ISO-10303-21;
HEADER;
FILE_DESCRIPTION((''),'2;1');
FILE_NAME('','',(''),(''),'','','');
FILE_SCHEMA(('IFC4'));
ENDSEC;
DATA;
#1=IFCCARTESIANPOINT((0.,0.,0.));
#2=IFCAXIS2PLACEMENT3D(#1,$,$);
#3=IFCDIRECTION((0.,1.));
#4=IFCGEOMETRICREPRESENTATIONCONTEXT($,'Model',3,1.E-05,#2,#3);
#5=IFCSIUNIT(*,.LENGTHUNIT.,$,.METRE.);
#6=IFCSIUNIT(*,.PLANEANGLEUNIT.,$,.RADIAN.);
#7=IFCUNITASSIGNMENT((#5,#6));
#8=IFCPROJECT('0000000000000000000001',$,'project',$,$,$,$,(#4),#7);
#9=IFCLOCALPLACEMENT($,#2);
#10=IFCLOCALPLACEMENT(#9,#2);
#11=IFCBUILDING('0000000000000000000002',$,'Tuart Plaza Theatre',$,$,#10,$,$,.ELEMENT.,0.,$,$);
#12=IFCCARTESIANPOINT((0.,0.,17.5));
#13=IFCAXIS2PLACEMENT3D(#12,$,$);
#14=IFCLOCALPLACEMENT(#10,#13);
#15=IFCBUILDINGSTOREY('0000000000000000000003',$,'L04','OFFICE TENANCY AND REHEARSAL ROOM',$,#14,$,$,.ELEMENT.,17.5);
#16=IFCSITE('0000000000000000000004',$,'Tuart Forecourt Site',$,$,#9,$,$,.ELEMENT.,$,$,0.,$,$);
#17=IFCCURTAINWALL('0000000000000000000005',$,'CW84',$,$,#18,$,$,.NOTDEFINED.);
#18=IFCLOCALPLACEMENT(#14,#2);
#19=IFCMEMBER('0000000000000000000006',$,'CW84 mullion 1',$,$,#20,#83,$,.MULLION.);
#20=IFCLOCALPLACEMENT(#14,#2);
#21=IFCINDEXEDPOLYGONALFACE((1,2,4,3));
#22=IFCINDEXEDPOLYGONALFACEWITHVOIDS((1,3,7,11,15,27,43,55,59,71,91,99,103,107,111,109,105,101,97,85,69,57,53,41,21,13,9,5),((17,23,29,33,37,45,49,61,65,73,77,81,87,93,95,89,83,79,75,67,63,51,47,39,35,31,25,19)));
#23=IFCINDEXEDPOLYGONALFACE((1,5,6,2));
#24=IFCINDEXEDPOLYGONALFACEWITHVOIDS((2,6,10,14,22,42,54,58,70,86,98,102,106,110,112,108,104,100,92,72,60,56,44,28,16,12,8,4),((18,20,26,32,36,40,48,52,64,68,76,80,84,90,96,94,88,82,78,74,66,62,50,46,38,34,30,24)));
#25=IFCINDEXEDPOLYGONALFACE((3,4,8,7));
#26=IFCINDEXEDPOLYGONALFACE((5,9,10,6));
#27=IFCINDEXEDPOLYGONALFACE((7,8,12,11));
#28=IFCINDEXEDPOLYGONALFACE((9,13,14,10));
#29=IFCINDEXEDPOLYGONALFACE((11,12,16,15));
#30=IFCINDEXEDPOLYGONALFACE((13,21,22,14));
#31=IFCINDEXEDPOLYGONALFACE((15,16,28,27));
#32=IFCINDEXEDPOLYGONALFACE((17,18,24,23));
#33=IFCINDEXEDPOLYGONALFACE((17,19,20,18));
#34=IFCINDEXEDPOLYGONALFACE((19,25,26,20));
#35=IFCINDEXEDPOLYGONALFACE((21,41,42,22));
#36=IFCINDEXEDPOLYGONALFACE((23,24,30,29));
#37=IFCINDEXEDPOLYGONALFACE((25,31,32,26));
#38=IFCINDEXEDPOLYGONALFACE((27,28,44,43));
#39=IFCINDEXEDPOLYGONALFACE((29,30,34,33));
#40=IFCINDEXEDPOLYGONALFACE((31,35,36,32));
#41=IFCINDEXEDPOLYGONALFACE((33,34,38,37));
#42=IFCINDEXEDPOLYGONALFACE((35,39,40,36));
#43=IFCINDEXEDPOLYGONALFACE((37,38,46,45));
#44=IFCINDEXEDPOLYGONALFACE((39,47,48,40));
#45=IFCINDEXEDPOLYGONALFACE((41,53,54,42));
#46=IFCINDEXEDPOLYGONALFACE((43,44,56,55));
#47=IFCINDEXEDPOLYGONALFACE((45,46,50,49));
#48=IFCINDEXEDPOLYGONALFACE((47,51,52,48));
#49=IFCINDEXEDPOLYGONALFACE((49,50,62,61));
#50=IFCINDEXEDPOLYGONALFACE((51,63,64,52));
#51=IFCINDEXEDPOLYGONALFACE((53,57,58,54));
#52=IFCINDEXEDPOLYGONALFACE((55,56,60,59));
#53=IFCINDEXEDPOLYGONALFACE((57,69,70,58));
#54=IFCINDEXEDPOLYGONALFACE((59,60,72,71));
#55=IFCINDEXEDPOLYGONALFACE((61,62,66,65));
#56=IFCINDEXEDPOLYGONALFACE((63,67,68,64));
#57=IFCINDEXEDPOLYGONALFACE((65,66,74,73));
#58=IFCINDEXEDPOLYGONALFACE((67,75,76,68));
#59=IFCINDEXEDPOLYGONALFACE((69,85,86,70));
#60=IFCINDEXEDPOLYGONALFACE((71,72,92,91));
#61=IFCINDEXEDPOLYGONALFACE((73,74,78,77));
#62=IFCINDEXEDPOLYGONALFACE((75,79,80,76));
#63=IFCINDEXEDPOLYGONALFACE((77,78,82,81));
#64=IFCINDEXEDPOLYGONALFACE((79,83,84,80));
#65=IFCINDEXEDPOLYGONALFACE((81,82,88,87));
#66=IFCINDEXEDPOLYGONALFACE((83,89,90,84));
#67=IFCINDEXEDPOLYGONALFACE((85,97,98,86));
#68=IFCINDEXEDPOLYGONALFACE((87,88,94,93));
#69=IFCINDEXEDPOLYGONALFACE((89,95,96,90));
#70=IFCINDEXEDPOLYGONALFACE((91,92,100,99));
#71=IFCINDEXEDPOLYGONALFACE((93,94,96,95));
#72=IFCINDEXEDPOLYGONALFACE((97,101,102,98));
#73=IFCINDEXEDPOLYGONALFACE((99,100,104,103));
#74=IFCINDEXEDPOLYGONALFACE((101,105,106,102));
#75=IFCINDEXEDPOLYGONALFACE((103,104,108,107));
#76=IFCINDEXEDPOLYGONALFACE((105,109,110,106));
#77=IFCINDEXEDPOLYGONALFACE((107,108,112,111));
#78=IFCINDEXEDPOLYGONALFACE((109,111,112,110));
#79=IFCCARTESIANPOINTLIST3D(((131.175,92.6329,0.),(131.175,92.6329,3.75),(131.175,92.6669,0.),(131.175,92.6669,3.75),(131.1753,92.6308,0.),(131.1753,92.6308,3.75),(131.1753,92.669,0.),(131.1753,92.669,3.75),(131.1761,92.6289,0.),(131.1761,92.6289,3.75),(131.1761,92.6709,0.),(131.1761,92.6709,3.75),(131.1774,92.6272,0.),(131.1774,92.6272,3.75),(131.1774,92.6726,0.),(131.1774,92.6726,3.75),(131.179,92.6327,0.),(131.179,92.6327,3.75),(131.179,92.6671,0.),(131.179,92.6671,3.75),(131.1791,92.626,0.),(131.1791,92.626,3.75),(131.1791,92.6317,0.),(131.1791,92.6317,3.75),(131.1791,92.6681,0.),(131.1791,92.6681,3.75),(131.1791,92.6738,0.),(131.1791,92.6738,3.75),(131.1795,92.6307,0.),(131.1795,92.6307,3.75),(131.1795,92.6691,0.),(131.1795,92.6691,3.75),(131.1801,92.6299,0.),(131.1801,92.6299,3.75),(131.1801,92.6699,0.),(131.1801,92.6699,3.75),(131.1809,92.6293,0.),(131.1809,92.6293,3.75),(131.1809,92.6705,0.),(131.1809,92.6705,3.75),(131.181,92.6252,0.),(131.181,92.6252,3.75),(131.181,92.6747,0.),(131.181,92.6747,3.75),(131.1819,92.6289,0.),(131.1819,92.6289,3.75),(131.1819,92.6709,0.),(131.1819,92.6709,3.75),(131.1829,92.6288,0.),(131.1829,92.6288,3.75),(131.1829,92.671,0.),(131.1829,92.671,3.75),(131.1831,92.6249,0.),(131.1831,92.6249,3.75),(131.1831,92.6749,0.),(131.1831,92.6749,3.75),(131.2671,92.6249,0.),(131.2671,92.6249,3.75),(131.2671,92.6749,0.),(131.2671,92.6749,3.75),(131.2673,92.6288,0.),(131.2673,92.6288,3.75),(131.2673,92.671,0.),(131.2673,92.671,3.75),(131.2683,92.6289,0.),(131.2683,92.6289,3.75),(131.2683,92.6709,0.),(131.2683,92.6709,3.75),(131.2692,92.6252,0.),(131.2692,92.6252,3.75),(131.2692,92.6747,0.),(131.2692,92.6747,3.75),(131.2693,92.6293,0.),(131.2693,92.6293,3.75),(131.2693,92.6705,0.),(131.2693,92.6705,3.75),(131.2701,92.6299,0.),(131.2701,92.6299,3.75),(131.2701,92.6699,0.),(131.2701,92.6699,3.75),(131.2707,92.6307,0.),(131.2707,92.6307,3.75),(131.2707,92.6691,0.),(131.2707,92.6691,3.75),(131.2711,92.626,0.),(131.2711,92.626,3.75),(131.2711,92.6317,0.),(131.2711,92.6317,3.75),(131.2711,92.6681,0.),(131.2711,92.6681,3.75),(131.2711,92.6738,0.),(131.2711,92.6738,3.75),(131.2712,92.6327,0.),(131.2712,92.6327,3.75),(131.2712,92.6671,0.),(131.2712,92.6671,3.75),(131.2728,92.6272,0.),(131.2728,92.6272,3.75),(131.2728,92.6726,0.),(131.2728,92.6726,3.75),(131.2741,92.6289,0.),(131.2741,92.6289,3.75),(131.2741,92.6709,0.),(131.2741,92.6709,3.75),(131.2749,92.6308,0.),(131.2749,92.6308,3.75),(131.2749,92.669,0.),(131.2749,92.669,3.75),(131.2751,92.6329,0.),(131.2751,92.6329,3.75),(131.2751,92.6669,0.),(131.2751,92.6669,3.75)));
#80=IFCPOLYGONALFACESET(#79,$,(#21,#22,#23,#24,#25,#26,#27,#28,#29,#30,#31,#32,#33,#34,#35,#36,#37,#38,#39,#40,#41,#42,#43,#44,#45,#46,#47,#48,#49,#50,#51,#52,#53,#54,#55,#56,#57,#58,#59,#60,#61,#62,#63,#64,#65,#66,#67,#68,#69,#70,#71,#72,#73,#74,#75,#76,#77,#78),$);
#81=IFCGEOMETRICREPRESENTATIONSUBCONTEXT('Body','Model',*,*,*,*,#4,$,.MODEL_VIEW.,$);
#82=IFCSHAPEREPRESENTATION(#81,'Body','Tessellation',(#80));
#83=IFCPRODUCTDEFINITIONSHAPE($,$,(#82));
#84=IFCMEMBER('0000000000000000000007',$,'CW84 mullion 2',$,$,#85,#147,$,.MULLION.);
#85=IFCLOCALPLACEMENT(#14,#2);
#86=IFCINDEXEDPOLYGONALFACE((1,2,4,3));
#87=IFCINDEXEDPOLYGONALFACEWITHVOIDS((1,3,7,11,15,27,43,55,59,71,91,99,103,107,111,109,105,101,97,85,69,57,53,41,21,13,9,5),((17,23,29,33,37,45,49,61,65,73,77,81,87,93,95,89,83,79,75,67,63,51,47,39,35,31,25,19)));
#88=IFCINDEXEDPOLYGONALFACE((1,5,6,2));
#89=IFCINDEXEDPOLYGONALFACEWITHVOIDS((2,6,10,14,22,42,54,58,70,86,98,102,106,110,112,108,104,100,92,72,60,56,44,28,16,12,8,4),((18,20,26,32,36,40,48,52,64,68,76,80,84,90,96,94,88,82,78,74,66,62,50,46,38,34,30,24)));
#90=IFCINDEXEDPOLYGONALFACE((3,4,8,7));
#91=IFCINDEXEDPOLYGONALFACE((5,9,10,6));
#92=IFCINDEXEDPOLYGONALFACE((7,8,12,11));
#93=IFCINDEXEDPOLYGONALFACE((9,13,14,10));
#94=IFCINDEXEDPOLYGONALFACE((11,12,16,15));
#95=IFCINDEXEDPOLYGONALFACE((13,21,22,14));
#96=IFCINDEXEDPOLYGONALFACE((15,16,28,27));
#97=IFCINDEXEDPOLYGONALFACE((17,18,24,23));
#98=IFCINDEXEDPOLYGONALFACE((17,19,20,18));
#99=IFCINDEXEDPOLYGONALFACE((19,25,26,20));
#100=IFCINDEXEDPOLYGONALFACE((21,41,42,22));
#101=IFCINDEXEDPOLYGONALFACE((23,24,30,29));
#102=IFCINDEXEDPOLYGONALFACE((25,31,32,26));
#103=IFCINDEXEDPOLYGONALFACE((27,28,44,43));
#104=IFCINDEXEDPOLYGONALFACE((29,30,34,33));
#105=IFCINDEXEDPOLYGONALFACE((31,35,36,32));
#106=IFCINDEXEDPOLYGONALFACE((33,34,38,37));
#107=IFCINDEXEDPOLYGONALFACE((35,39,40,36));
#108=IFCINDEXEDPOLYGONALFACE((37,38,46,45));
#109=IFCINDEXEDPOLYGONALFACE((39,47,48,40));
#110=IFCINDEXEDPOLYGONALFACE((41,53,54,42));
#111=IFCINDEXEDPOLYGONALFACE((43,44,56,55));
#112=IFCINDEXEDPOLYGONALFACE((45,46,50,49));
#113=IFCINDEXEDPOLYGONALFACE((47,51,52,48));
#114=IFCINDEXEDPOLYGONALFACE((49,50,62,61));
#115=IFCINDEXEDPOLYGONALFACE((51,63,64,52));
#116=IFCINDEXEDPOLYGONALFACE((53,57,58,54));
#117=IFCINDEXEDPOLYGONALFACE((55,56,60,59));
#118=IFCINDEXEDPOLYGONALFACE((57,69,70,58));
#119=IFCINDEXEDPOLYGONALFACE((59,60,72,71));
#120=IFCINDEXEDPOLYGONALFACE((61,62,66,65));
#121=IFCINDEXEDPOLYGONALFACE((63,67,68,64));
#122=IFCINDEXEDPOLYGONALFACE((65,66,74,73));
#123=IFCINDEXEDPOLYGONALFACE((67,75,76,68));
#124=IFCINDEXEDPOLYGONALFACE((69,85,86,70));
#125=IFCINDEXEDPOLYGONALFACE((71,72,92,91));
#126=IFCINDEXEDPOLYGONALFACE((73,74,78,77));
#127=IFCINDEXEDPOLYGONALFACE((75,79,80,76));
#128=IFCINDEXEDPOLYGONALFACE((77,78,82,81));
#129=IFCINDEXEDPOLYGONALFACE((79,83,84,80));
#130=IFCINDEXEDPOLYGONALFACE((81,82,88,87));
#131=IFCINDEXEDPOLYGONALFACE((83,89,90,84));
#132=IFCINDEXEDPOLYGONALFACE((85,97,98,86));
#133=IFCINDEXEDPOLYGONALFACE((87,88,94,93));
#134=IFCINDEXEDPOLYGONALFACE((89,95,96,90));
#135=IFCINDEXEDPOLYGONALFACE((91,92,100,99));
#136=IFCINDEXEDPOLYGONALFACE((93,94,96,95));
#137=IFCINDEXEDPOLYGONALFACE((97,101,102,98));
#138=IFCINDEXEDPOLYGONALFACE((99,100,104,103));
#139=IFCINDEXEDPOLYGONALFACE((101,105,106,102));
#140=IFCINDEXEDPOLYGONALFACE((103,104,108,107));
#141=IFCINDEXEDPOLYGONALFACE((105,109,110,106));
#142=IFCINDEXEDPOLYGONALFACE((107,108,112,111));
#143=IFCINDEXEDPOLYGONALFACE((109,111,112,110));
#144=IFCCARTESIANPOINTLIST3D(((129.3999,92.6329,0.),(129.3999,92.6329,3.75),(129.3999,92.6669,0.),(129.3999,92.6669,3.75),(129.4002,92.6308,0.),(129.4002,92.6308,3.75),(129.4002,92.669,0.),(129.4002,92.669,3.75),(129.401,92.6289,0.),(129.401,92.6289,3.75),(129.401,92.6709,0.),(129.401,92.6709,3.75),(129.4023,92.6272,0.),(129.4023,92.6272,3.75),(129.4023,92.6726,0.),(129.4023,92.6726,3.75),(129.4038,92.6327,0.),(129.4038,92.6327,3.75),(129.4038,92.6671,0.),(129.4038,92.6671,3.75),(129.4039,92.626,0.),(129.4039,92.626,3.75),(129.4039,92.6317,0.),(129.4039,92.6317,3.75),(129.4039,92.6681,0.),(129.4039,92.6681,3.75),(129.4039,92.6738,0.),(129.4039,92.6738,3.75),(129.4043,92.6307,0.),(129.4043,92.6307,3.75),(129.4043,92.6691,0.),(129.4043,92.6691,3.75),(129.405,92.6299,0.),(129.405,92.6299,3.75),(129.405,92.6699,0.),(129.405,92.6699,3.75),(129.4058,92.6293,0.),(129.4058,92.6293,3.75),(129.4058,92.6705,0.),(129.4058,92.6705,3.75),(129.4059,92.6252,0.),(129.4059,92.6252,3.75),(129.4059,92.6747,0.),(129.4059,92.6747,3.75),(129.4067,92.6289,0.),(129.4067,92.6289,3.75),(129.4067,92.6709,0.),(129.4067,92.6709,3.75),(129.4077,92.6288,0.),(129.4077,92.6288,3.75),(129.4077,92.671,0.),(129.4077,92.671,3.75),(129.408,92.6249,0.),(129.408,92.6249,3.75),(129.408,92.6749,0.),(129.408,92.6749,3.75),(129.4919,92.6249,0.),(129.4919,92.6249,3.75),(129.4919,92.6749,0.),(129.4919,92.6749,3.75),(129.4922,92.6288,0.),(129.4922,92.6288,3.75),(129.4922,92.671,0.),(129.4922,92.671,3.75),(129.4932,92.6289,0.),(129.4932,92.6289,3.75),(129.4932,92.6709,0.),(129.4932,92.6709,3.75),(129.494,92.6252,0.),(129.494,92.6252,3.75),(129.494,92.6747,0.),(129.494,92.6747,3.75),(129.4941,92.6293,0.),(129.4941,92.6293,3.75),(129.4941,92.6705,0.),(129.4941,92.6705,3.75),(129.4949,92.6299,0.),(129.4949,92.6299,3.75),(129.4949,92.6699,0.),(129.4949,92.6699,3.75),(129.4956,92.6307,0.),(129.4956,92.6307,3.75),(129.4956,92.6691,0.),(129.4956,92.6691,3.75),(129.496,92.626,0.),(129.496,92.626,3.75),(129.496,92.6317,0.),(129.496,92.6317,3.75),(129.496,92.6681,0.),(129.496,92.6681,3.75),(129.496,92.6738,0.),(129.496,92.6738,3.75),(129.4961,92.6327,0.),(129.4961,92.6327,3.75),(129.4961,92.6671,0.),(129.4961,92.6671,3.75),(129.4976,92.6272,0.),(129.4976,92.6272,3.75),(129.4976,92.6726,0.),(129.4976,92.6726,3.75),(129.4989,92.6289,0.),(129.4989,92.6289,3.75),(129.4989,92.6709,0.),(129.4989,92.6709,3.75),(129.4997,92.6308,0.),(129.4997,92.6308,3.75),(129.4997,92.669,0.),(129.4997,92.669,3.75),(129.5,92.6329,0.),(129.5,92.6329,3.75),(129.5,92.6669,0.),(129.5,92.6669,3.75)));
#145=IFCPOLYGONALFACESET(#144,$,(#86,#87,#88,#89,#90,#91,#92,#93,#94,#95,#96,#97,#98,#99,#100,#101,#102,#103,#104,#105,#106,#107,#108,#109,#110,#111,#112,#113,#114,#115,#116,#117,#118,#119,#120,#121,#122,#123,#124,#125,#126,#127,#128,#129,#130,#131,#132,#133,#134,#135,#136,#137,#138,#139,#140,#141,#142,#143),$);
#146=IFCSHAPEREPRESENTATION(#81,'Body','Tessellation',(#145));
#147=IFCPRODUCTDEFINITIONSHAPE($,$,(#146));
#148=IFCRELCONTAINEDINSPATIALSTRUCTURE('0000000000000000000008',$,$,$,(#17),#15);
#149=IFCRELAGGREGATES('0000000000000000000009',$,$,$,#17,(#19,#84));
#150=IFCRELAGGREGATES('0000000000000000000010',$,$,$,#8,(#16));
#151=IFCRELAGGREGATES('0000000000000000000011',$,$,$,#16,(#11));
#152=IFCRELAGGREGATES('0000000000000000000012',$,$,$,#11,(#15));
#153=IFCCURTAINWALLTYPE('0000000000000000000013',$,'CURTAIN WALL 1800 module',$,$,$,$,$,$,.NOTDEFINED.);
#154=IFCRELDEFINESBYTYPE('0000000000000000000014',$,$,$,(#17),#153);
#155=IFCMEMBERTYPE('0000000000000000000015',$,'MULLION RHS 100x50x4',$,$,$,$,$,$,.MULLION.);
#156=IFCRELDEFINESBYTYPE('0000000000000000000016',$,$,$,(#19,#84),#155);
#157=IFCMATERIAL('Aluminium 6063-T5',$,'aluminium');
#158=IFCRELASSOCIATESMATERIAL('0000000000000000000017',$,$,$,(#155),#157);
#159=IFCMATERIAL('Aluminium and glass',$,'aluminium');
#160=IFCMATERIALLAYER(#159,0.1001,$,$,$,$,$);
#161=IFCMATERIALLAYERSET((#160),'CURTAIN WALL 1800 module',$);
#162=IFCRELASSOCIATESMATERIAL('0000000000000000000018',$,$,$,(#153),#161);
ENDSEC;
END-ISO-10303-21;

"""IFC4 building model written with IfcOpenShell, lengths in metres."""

from ifc_helpers import new_model, si_unit, direction, frame, origin, origin_2d, place, context, subcontext, project, spatial, hollow_rectangle, extrude, material, layer, layer_set, material_profile, profile_set, type_object, element, aggregate, save


model = new_model("IFC4")

# Units and contexts
model_context = context("Model", 3, precision=1e-05, world=origin(), true_north=direction((0.0, 1.0)))
body_context = subcontext(model_context, "Body", "Model", "MODEL_VIEW")
ifc_project = project(units=[si_unit("LENGTHUNIT", "METRE"), si_unit("PLANEANGLEUNIT", "RADIAN")], contexts=[model_context])

# Site, building, storey
site_placement = place(None, origin())
site = spatial("IfcSite", under=ifc_project, at=site_placement, Name="Tuart Forecourt Site", CompositionType="ELEMENT", RefElevation=0.0)
building_placement = place(site_placement, origin())
building = spatial("IfcBuilding", under=site, at=building_placement, Name="Tuart Plaza Theatre", CompositionType="ELEMENT", ElevationOfRefHeight=0.0)
storey_placement = place(building_placement, frame((0.0, 0.0, 17.5)))
storey = spatial("IfcBuildingStorey", under=building, at=storey_placement, Name="L04", Description="OFFICE TENANCY AND REHEARSAL ROOM", CompositionType="ELEMENT", Elevation=17.5)

# Curtain wall, members
ifc_material_1 = material(Name="Aluminium 6063-T5", Category="aluminium")
ifc_material_profile_1 = material_profile(ifc_material_1, hollow_rectangle(XDim=0.05, YDim=0.1001, WallThickness=0.0039, InnerFilletRadius=0.0039, OuterFilletRadius=0.0081, at=origin_2d()), Name="RHS 100x50x4")
ifc_profile_set_1 = profile_set([ifc_material_profile_1], Name="Aluminium 6063-T5")
member_type_1 = type_object("IfcMemberType", Name="MULLION RHS 100x50x4", PredefinedType="MULLION", material=ifc_profile_set_1)
ifc_material_2 = material(Name="Aluminium and glass", Category="aluminium")
ifc_layer_1 = layer(ifc_material_2, 0.1001)
ifc_layer_set_1 = layer_set([ifc_layer_1], Name="CURTAIN WALL 1800 module")
curtain_wall_type_1 = type_object("IfcCurtainWallType", Name="CURTAIN WALL 1800 module", PredefinedType="NOTDEFINED", material=ifc_layer_set_1)
curtain_wall_1_placement = place(storey_placement, origin())
curtain_wall_1 = element("IfcCurtainWall", 1, at=curtain_wall_1_placement, inside=storey, type_object=curtain_wall_type_1, Name="CW84", PredefinedType="NOTDEFINED")
member_1_placement = place(storey_placement, frame((131.2251, 92.6499, 0.0), z_axis=(0.0, 0.0, 1.0), x_axis=(0.0, -1.0, 0.0)))
member_1 = element("IfcMember", 2, at=member_1_placement, type_object=member_type_1, Name="CW84 mullion 1", PredefinedType="MULLION", context=body_context, shape_type="SweptSolid", body=[
    extrude(hollow_rectangle(XDim=0.05, YDim=0.1001, WallThickness=0.0039, InnerFilletRadius=0.0039, OuterFilletRadius=0.0081, at=origin_2d()), origin(), (0.0, 0.0, 1.0), 3.75),
])
member_2_placement = place(storey_placement, frame((129.45, 92.6499, 0.0), z_axis=(0.0, 0.0, 1.0), x_axis=(0.0, -1.0, 0.0)))
member_2 = element("IfcMember", 3, at=member_2_placement, type_object=member_type_1, Name="CW84 mullion 2", PredefinedType="MULLION", context=body_context, shape_type="SweptSolid", body=[
    extrude(hollow_rectangle(XDim=0.05, YDim=0.1001, WallThickness=0.0039, InnerFilletRadius=0.0039, OuterFilletRadius=0.0081, at=origin_2d()), origin(), (0.0, 0.0, 1.0), 3.75),
])

aggregate(curtain_wall_1, [member_1, member_2])

save(model, "model.ifc")
